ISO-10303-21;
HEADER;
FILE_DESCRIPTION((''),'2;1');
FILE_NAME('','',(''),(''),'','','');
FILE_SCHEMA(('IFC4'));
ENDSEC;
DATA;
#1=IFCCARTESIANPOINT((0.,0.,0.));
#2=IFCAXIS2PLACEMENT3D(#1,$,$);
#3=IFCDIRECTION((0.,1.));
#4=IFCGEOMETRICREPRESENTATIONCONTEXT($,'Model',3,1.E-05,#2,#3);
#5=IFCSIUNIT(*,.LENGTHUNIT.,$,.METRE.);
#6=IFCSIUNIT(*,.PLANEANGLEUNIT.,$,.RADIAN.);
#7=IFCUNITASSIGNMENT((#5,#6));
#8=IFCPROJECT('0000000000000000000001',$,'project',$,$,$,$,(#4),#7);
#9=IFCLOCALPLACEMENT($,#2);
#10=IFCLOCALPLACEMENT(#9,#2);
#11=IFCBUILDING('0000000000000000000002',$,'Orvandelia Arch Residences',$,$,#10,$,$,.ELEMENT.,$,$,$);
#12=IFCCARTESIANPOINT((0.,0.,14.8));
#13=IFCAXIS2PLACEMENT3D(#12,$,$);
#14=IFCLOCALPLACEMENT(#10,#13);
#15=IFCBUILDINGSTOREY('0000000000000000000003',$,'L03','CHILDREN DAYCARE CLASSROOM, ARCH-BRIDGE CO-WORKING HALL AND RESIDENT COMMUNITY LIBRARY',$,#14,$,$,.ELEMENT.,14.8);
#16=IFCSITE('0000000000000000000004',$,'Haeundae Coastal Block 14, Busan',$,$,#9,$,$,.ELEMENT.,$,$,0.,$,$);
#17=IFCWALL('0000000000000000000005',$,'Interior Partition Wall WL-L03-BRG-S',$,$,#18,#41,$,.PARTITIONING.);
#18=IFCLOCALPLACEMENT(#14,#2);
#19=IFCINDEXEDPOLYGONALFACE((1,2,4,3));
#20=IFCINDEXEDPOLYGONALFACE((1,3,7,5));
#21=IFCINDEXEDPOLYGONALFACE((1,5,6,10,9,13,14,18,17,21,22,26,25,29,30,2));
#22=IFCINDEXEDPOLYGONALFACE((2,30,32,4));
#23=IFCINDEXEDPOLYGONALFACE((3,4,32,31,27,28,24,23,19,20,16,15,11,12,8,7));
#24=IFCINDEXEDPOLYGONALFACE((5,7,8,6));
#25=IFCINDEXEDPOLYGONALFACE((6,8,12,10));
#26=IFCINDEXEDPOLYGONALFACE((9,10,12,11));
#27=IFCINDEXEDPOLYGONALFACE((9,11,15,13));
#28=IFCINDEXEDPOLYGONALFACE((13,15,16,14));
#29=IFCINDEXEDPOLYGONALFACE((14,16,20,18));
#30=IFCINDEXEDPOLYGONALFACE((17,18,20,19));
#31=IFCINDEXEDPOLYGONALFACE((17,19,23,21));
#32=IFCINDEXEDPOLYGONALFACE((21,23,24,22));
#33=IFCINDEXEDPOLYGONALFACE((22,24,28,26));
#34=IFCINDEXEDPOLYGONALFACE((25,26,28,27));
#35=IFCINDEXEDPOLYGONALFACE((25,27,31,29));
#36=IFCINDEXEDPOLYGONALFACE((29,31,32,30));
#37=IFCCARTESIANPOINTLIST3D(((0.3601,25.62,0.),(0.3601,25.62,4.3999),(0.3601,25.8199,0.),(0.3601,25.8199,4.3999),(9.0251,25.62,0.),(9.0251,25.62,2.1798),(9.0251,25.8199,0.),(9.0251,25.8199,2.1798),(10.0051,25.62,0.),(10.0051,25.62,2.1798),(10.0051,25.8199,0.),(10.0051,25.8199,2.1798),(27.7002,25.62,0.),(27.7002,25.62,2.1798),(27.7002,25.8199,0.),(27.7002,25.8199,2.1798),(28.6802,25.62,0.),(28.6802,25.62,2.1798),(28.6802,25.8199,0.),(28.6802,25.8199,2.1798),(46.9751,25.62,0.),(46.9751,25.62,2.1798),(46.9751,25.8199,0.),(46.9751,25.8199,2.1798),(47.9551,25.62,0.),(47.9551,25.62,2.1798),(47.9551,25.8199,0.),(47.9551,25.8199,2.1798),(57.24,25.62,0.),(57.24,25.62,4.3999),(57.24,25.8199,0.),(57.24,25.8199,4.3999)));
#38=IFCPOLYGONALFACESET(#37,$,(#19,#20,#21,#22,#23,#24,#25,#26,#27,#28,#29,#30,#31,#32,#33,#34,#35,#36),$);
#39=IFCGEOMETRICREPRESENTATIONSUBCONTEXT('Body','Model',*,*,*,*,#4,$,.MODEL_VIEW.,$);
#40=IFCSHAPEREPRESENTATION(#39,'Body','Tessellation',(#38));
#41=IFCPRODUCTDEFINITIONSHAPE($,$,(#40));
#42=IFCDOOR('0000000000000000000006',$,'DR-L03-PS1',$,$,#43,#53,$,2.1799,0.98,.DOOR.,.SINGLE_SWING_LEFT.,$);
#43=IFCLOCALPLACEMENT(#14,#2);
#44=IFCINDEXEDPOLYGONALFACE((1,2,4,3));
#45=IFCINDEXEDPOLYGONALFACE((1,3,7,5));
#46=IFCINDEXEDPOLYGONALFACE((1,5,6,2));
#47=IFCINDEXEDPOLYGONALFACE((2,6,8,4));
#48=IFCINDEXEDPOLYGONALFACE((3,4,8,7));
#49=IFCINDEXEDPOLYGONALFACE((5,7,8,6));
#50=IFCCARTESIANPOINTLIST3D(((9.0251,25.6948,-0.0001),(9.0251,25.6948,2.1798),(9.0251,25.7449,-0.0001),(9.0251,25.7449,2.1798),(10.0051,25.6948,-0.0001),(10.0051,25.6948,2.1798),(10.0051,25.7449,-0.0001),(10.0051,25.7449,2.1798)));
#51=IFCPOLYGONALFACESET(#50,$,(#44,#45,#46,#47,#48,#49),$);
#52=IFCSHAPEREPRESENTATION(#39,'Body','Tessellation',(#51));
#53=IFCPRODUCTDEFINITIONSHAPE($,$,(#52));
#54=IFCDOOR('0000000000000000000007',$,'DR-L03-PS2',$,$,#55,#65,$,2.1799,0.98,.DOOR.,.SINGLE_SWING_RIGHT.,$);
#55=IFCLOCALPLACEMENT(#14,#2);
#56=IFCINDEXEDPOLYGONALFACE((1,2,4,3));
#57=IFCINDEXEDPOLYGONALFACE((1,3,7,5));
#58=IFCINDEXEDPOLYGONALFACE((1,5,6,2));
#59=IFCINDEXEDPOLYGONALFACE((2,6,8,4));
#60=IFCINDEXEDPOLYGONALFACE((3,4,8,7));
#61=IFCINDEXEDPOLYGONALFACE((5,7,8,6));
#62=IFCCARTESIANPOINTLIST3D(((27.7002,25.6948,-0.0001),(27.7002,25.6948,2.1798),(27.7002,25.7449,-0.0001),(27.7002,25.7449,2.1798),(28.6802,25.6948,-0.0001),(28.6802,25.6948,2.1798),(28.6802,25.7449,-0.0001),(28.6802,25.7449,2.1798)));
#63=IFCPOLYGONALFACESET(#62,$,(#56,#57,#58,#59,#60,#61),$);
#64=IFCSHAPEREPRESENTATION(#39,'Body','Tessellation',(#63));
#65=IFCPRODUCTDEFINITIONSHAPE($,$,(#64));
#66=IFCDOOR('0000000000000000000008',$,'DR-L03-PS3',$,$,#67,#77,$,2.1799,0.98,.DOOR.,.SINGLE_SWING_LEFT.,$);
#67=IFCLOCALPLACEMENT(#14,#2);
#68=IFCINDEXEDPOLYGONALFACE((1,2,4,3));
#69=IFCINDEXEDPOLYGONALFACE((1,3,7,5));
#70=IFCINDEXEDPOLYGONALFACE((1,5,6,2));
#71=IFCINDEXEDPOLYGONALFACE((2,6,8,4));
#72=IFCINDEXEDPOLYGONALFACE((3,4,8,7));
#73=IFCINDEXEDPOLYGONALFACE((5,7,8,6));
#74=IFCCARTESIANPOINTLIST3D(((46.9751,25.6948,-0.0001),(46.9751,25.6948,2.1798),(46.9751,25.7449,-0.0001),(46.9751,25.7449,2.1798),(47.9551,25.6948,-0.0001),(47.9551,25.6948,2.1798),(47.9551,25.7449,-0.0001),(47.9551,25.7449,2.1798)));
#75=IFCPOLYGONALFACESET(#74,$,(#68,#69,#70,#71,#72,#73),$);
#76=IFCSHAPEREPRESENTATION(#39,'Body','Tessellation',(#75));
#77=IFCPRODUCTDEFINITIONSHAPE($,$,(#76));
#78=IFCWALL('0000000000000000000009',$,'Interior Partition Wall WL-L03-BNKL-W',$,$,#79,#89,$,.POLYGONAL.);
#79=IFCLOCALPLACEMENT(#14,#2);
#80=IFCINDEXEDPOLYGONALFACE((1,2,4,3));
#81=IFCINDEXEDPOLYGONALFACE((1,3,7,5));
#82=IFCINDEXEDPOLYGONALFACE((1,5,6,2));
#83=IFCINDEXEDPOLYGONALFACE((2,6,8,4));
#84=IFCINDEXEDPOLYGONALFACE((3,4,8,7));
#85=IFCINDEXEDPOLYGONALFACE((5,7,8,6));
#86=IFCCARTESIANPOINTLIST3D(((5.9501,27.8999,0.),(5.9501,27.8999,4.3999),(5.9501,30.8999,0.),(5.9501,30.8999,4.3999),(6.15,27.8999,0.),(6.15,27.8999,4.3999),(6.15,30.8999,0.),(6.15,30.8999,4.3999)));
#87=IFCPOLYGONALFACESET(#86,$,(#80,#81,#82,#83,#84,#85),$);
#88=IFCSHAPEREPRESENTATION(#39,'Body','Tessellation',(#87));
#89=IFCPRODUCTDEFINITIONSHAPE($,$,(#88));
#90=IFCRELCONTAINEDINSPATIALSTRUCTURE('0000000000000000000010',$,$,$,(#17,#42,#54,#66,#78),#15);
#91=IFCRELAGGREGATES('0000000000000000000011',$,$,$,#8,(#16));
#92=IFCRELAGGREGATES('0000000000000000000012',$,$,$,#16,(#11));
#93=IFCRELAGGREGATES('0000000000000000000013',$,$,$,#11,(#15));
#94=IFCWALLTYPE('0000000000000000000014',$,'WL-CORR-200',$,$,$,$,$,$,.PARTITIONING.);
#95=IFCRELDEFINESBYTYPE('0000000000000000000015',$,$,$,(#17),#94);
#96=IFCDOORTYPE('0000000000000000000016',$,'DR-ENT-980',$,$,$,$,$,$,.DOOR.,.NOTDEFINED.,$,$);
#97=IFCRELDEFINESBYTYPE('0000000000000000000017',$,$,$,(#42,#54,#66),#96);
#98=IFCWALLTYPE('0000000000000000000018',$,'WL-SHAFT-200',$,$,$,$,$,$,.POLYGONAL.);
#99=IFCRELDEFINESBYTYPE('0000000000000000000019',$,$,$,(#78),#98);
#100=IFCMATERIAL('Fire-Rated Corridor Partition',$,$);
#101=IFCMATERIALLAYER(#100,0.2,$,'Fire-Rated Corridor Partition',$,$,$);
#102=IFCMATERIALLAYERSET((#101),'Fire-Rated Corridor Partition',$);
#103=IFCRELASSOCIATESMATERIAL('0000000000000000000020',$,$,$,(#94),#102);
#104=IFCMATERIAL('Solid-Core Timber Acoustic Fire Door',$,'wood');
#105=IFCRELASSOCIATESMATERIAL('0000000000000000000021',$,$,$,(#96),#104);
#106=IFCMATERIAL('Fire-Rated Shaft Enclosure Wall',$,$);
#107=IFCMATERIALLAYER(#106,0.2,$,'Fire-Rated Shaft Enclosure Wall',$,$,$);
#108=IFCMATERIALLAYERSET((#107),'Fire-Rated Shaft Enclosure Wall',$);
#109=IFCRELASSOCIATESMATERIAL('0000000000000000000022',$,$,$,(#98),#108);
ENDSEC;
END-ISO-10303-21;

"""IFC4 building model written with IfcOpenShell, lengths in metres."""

from ifc_helpers import new_model, si_unit, direction, frame, frame_2d, origin, place, context, subcontext, project, spatial, rectangle, extrude, material, layer, layer_set, type_object, element, fill, save


model = new_model("IFC4")

# Units and contexts
model_context = context("Model", 3, precision=1e-05, world=origin(), true_north=direction((0.0, 1.0)))
body_context = subcontext(model_context, "Body", "Model", "MODEL_VIEW")
ifc_project = project(units=[si_unit("LENGTHUNIT", "METRE"), si_unit("PLANEANGLEUNIT", "RADIAN")], contexts=[model_context])

# Site, building, storey
site_placement = place(None, origin())
site = spatial("IfcSite", under=ifc_project, at=site_placement, Name="Haeundae Coastal Block 14, Busan", CompositionType="ELEMENT", RefElevation=0.0)
building_placement = place(site_placement, origin())
building = spatial("IfcBuilding", under=site, at=building_placement, Name="Orvandelia Arch Residences", CompositionType="ELEMENT")
storey_placement = place(building_placement, frame((0.0, 0.0, 14.8)))
storey = spatial("IfcBuildingStorey", under=building, at=storey_placement, Name="L03", Description="CHILDREN DAYCARE CLASSROOM, ARCH-BRIDGE CO-WORKING HALL AND RESIDENT COMMUNITY LIBRARY", CompositionType="ELEMENT", Elevation=14.8)

# Wall, openings, doors
ifc_material_1 = material(Name="Fire-Rated Corridor Partition")
ifc_layer_1 = layer(ifc_material_1, 0.2, Name="Fire-Rated Corridor Partition")
ifc_layer_set_1 = layer_set([ifc_layer_1], Name="Fire-Rated Corridor Partition")
wall_type_1 = type_object("IfcWallType", Name="WL-CORR-200", PredefinedType="PARTITIONING", material=ifc_layer_set_1)
wall_1_placement = place(storey_placement, frame((0.3601, 25.72, 0.0), z_axis=(0.0, 0.0, 1.0), x_axis=(1.0, 0.0, 0.0)))
wall_1 = element("IfcWall", 1, at=wall_1_placement, inside=storey, type_object=wall_type_1, Name="Interior Partition Wall WL-L03-BRG-S", PredefinedType="PARTITIONING", context=body_context, shape_type="SweptSolid", body=[
    extrude(rectangle(XDim=56.8799, YDim=0.2, at=frame_2d((28.4399, 0.0))), origin(), (0.0, 0.0, 1.0), 4.3999),
])
opening_1_placement = place(wall_1_placement, frame((8.665, 0.0, 0.0)))
opening_1 = element("IfcOpeningElement", 2, at=opening_1_placement, cuts=wall_1, PredefinedType="OPENING", context=body_context, shape_type="SweptSolid", body=[
    extrude(rectangle(XDim=0.98, YDim=2.1799, at=frame_2d((0.49, 1.0898))), frame((0.0, 0.1099, 0.0), z_axis=(0.0, -1.0, 0.0), x_axis=(1.0, 0.0, 0.0)), (0.0, 0.0, 1.0), 0.22),
])
opening_2_placement = place(wall_1_placement, frame((27.3401, 0.0, 0.0)))
opening_2 = element("IfcOpeningElement", 3, at=opening_2_placement, cuts=wall_1, PredefinedType="OPENING", context=body_context, shape_type="SweptSolid", body=[
    extrude(rectangle(XDim=0.98, YDim=2.1799, at=frame_2d((0.49, 1.0898))), frame((0.0, 0.1099, 0.0), z_axis=(0.0, -1.0, 0.0), x_axis=(1.0, 0.0, 0.0)), (0.0, 0.0, 1.0), 0.22),
])
opening_3_placement = place(wall_1_placement, frame((46.615, 0.0, 0.0)))
opening_3 = element("IfcOpeningElement", 4, at=opening_3_placement, cuts=wall_1, PredefinedType="OPENING", context=body_context, shape_type="SweptSolid", body=[
    extrude(rectangle(XDim=0.98, YDim=2.1799, at=frame_2d((0.49, 1.0898))), frame((0.0, 0.1099, 0.0), z_axis=(0.0, -1.0, 0.0), x_axis=(1.0, 0.0, 0.0)), (0.0, 0.0, 1.0), 0.22),
])
ifc_material_2 = material(Name="Solid-Core Timber Acoustic Fire Door", Category="wood")
door_type_1 = type_object("IfcDoorType", Name="DR-ENT-980", OperationType="NOTDEFINED", PredefinedType="DOOR", material=ifc_material_2)
door_1_placement = place(opening_1_placement, origin())
door_1 = element("IfcDoor", 5, at=door_1_placement, inside=storey, type_object=door_type_1, Name="DR-L03-PS1", OperationType="SINGLE_SWING_LEFT", OverallHeight=2.1799, OverallWidth=0.98, PredefinedType="DOOR", context=body_context, shape_type="SweptSolid", body=[
    extrude(rectangle(XDim=0.98, YDim=2.1799, at=frame_2d((0.49, 1.0898))), frame((0.0, 0.0249, 0.0), z_axis=(0.0, -1.0, 0.0), x_axis=(1.0, 0.0, 0.0)), (0.0, 0.0, 1.0), 0.05),
])
fill(opening_1, door_1)
door_2_placement = place(opening_2_placement, origin())
door_2 = element("IfcDoor", 6, at=door_2_placement, inside=storey, type_object=door_type_1, Name="DR-L03-PS2", OperationType="SINGLE_SWING_RIGHT", OverallHeight=2.1799, OverallWidth=0.98, PredefinedType="DOOR", context=body_context, shape_type="SweptSolid", body=[
    extrude(rectangle(XDim=0.98, YDim=2.1799, at=frame_2d((0.49, 1.0898))), frame((0.0, 0.0249, 0.0), z_axis=(0.0, -1.0, 0.0), x_axis=(1.0, 0.0, 0.0)), (0.0, 0.0, 1.0), 0.05),
])
fill(opening_2, door_2)
door_3_placement = place(opening_3_placement, origin())
door_3 = element("IfcDoor", 7, at=door_3_placement, inside=storey, type_object=door_type_1, Name="DR-L03-PS3", OperationType="SINGLE_SWING_LEFT", OverallHeight=2.1799, OverallWidth=0.98, PredefinedType="DOOR", context=body_context, shape_type="SweptSolid", body=[
    extrude(rectangle(XDim=0.98, YDim=2.1799, at=frame_2d((0.49, 1.0898))), frame((0.0, 0.0249, 0.0), z_axis=(0.0, -1.0, 0.0), x_axis=(1.0, 0.0, 0.0)), (0.0, 0.0, 1.0), 0.05),
])
fill(opening_3, door_3)
ifc_material_3 = material(Name="Fire-Rated Shaft Enclosure Wall")
ifc_layer_2 = layer(ifc_material_3, 0.2, Name="Fire-Rated Shaft Enclosure Wall")
ifc_layer_set_2 = layer_set([ifc_layer_2], Name="Fire-Rated Shaft Enclosure Wall")
wall_type_2 = type_object("IfcWallType", Name="WL-SHAFT-200", PredefinedType="POLYGONAL", material=ifc_layer_set_2)

# Wall
wall_2_placement = place(storey_placement, frame((6.05, 27.8999, 0.0), z_axis=(0.0, 0.0, 1.0), x_axis=(0.0, 1.0, 0.0)))
element("IfcWall", 8, at=wall_2_placement, inside=storey, type_object=wall_type_2, Name="Interior Partition Wall WL-L03-BNKL-W", PredefinedType="POLYGONAL", context=body_context, shape_type="SweptSolid", body=[
    extrude(rectangle(XDim=3.0, YDim=0.2, at=frame_2d((1.5, 0.0))), origin(), (0.0, 0.0, 1.0), 4.3999),
])

save(model, "model.ifc")
